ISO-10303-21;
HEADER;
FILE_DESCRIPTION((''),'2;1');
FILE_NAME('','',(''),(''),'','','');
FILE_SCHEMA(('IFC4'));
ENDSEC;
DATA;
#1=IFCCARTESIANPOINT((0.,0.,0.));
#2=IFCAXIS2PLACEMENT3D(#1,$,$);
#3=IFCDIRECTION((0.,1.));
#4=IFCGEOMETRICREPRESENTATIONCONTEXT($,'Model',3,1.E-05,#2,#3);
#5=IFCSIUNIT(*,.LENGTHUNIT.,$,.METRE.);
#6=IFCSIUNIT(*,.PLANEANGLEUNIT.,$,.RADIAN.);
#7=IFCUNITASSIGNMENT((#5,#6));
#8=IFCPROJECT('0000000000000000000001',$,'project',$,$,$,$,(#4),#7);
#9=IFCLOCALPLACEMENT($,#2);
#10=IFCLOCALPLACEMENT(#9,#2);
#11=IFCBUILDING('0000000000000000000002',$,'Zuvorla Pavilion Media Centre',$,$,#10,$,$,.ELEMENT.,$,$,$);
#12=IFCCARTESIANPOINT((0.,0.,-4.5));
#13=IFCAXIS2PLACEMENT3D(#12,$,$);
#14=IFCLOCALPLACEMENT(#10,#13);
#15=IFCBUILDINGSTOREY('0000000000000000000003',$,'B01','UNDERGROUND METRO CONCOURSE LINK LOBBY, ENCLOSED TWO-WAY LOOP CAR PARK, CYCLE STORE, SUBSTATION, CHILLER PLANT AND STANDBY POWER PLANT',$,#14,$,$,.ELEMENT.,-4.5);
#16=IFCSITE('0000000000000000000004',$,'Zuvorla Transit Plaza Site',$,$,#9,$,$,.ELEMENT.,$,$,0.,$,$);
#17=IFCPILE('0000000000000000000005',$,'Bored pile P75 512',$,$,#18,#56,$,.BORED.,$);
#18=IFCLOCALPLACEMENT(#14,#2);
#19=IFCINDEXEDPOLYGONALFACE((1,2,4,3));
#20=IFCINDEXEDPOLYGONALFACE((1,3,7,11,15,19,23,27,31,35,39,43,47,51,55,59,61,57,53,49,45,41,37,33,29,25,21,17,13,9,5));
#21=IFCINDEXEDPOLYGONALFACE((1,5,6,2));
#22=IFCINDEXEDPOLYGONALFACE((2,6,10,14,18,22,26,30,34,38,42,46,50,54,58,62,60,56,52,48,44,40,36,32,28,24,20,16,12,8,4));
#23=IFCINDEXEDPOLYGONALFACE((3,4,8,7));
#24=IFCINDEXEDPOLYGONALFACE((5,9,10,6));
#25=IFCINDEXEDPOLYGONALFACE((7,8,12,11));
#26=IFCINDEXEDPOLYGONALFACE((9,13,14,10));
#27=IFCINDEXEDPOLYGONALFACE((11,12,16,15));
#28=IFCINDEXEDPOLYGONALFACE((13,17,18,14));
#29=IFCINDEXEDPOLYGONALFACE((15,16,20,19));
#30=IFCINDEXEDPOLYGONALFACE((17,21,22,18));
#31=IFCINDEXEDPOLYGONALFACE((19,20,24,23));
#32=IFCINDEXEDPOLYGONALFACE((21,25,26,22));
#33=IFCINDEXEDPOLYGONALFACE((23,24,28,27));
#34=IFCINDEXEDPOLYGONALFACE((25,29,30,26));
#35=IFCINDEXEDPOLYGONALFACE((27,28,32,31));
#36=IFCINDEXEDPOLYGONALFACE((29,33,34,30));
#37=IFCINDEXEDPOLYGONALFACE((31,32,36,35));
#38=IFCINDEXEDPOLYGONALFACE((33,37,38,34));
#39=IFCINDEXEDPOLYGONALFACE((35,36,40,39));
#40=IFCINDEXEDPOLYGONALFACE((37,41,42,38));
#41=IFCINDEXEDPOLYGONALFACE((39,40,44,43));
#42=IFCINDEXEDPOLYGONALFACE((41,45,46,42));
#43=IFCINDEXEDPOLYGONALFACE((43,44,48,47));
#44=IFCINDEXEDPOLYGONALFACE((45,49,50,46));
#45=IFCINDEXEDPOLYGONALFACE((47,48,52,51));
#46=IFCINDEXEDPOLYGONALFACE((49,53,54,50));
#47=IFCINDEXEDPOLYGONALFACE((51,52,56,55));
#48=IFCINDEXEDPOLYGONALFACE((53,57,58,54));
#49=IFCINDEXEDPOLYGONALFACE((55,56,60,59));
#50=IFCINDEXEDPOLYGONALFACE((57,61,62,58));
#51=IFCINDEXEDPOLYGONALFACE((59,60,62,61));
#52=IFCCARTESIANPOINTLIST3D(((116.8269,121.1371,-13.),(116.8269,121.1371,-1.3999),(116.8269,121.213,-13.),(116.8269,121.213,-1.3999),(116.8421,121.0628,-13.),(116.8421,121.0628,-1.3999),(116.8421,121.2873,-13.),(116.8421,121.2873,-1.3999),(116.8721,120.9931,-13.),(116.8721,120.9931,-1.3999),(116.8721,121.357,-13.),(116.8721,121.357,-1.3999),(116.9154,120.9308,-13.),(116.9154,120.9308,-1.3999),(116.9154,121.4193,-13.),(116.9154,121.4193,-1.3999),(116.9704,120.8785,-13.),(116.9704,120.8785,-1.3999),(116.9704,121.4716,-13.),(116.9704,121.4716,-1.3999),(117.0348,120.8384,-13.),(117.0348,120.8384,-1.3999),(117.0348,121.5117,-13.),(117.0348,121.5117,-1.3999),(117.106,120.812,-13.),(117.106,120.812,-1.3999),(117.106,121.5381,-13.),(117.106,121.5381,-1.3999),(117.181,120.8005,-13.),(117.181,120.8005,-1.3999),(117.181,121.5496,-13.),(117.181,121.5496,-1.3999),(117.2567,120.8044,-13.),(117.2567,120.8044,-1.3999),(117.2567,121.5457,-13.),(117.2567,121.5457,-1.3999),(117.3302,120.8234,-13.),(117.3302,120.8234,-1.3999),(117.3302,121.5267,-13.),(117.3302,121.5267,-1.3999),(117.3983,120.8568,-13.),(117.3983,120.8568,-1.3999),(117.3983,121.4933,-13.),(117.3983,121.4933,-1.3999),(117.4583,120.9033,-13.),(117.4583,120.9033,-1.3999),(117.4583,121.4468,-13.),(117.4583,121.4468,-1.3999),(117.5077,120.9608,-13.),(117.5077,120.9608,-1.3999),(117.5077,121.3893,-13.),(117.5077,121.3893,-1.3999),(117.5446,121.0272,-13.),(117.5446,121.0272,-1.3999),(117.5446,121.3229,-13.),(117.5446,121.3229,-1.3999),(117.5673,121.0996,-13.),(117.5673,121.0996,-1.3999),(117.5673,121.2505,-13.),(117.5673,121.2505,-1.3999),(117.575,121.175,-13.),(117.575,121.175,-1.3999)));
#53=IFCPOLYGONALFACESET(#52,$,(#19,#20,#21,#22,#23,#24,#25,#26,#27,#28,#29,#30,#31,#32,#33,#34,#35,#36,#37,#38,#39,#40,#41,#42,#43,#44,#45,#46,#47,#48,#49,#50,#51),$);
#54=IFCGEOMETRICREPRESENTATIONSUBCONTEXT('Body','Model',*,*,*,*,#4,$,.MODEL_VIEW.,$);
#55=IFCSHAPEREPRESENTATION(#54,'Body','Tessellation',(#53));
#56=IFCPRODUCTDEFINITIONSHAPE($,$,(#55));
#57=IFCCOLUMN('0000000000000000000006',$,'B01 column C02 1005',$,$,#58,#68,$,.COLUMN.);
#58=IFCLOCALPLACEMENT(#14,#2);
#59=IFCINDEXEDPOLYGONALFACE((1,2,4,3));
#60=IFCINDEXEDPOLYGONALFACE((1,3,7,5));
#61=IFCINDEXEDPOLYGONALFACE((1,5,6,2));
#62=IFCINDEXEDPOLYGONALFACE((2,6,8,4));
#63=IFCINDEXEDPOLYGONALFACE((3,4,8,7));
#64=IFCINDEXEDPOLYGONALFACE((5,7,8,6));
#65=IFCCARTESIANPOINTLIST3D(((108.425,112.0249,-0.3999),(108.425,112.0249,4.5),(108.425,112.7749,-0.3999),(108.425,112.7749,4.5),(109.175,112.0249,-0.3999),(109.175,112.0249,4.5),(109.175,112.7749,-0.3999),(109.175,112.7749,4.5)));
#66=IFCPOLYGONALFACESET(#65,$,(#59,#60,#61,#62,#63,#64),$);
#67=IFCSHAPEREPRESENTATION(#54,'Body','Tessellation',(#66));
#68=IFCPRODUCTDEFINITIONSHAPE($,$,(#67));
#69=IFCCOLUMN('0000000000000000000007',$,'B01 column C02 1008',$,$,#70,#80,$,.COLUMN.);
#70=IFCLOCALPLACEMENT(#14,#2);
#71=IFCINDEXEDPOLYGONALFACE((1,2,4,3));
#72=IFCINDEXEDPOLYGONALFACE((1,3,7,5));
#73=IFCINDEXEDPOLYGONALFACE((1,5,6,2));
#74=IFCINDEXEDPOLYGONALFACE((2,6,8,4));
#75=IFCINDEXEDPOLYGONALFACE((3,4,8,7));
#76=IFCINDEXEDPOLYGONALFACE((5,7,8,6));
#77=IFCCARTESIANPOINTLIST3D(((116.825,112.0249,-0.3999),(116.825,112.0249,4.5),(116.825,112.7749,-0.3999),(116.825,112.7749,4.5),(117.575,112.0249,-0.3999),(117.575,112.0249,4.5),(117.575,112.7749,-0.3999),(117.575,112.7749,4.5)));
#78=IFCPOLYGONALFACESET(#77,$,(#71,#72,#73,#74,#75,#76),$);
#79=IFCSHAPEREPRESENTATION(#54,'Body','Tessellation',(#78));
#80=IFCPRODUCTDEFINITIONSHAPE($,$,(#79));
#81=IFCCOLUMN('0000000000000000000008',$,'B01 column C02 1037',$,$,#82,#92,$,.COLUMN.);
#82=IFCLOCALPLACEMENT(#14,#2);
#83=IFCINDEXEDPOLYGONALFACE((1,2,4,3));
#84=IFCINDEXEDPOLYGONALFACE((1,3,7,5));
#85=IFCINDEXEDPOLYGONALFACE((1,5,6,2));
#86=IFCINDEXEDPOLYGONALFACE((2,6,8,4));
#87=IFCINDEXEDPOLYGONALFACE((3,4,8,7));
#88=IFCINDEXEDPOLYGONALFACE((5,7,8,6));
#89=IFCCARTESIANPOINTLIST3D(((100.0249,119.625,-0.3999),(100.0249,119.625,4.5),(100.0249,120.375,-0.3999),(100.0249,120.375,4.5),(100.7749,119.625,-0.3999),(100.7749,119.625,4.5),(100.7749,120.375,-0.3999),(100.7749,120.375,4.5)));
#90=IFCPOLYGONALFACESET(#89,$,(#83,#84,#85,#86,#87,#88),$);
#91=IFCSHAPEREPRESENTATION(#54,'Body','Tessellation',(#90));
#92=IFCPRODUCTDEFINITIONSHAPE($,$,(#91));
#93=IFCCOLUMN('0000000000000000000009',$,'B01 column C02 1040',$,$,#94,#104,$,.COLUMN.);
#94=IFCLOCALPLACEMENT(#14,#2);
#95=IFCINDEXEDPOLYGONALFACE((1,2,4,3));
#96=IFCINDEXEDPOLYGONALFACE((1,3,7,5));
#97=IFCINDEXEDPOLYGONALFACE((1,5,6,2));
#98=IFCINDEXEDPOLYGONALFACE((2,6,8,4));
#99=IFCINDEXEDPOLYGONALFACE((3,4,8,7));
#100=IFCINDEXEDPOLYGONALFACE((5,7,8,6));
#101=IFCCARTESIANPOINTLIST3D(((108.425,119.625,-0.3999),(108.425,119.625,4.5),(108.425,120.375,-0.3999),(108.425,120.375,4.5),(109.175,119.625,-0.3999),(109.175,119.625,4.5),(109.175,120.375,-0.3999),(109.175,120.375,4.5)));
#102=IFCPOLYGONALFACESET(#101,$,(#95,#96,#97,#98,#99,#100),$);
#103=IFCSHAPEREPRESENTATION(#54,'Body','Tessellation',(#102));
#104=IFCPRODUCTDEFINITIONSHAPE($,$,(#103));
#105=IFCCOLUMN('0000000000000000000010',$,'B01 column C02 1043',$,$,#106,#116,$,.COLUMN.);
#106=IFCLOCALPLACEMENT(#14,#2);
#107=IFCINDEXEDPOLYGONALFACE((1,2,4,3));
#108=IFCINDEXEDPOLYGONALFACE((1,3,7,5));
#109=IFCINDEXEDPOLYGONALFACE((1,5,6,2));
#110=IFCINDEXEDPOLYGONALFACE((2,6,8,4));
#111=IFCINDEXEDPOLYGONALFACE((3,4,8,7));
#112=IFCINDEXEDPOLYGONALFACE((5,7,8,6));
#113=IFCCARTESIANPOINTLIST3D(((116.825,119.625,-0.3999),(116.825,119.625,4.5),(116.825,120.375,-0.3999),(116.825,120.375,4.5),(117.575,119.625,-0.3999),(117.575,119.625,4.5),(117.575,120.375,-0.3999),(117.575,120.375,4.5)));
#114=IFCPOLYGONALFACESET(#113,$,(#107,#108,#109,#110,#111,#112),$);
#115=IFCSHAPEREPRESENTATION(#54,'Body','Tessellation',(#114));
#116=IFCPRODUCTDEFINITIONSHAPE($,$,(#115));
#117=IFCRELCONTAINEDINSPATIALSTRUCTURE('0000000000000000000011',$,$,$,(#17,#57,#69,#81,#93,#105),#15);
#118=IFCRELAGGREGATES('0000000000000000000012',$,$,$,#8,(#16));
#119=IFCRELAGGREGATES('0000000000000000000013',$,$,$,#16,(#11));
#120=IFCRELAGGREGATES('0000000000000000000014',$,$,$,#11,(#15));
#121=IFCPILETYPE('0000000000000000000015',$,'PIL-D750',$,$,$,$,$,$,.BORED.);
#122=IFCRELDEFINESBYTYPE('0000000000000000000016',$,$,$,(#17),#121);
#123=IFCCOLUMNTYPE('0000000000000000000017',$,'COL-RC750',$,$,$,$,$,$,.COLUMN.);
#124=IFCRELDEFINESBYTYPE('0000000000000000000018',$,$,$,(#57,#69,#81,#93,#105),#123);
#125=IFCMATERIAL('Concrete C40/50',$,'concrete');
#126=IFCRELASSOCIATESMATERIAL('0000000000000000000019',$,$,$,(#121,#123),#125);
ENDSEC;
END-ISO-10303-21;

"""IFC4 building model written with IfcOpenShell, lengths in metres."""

from ifc_helpers import new_model, si_unit, direction, frame, origin, origin_2d, place, context, subcontext, project, spatial, rectangle, circle, extrude, material, material_profile, profile_set, type_object, element, save


model = new_model("IFC4")

# Units and contexts
model_context = context("Model", 3, precision=1e-05, world=origin(), true_north=direction((0.0, 1.0)))
body_context = subcontext(model_context, "Body", "Model", "MODEL_VIEW")
ifc_project = project(units=[si_unit("LENGTHUNIT", "METRE"), si_unit("PLANEANGLEUNIT", "RADIAN")], contexts=[model_context])

# Site, building, storey
site_placement = place(None, origin())
site = spatial("IfcSite", under=ifc_project, at=site_placement, Name="Zuvorla Transit Plaza Site", CompositionType="ELEMENT", RefElevation=0.0)
building_placement = place(site_placement, origin())
building = spatial("IfcBuilding", under=site, at=building_placement, Name="Zuvorla Pavilion Media Centre", CompositionType="ELEMENT")
storey_placement = place(building_placement, frame((0.0, 0.0, -4.5)))
storey = spatial("IfcBuildingStorey", under=building, at=storey_placement, Name="B01", Description="UNDERGROUND METRO CONCOURSE LINK LOBBY, ENCLOSED TWO-WAY LOOP CAR PARK, CYCLE STORE, SUBSTATION, CHILLER PLANT AND STANDBY POWER PLANT", CompositionType="ELEMENT", Elevation=-4.5)

# Shared definitions
ifc_material = material(Name="Concrete C40/50", Category="concrete")

# Pile
ifc_material_profile_1 = material_profile(ifc_material, circle(Radius=0.375, at=origin_2d()), Name="BORED PILE 750")
ifc_profile_set_1 = profile_set([ifc_material_profile_1], Name="Concrete C40/50")
pile_type = type_object("IfcPileType", Name="PIL-D750", PredefinedType="BORED", material=ifc_profile_set_1)
for number, where, z_axis, x_axis, name in (
    (1, (117.2, 121.175, -1.3999), (0.0, 0.0, -1.0), (1.0, 0.0, 0.0), "Bored pile P75 512"),
):
    element("IfcPile", number, at=place(storey_placement, frame(where, z_axis=z_axis, x_axis=x_axis)), inside=storey, type_object=pile_type, Name=name, PredefinedType="BORED", context=body_context, shape_type="SweptSolid", body=[
        extrude(circle(Radius=0.375, at=origin_2d()), origin(), (0.0, 0.0, 1.0), 11.6001),
    ])

# Columns
ifc_material_profile_2 = material_profile(ifc_material, rectangle(XDim=0.75, YDim=0.75, at=origin_2d()), Name="RC 750x750")
ifc_profile_set_2 = profile_set([ifc_material_profile_2], Name="Concrete C40/50")
column_type = type_object("IfcColumnType", Name="COL-RC750", PredefinedType="COLUMN", material=ifc_profile_set_2)
for number, where, z_axis, x_axis, name in (
    (2, (108.8, 112.3999, -0.3999), (0.0, 0.0, 1.0), (1.0, 0.0, 0.0), "B01 column C02 1005"),
    (3, (117.2, 112.3999, -0.3999), (0.0, 0.0, 1.0), (1.0, 0.0, 0.0), "B01 column C02 1008"),
    (4, (100.3999, 120.0, -0.3999), (0.0, 0.0, 1.0), (1.0, 0.0, 0.0), "B01 column C02 1037"),
    (5, (108.8, 120.0, -0.3999), (0.0, 0.0, 1.0), (1.0, 0.0, 0.0), "B01 column C02 1040"),
    (6, (117.2, 120.0, -0.3999), (0.0, 0.0, 1.0), (1.0, 0.0, 0.0), "B01 column C02 1043"),
):
    element("IfcColumn", number, at=place(storey_placement, frame(where, z_axis=z_axis, x_axis=x_axis)), inside=storey, type_object=column_type, Name=name, PredefinedType="COLUMN", context=body_context, shape_type="SweptSolid", body=[
        extrude(rectangle(XDim=0.75, YDim=0.75, at=origin_2d()), origin(), (0.0, 0.0, 1.0), 4.8999),
    ])

save(model, "model.ifc")
